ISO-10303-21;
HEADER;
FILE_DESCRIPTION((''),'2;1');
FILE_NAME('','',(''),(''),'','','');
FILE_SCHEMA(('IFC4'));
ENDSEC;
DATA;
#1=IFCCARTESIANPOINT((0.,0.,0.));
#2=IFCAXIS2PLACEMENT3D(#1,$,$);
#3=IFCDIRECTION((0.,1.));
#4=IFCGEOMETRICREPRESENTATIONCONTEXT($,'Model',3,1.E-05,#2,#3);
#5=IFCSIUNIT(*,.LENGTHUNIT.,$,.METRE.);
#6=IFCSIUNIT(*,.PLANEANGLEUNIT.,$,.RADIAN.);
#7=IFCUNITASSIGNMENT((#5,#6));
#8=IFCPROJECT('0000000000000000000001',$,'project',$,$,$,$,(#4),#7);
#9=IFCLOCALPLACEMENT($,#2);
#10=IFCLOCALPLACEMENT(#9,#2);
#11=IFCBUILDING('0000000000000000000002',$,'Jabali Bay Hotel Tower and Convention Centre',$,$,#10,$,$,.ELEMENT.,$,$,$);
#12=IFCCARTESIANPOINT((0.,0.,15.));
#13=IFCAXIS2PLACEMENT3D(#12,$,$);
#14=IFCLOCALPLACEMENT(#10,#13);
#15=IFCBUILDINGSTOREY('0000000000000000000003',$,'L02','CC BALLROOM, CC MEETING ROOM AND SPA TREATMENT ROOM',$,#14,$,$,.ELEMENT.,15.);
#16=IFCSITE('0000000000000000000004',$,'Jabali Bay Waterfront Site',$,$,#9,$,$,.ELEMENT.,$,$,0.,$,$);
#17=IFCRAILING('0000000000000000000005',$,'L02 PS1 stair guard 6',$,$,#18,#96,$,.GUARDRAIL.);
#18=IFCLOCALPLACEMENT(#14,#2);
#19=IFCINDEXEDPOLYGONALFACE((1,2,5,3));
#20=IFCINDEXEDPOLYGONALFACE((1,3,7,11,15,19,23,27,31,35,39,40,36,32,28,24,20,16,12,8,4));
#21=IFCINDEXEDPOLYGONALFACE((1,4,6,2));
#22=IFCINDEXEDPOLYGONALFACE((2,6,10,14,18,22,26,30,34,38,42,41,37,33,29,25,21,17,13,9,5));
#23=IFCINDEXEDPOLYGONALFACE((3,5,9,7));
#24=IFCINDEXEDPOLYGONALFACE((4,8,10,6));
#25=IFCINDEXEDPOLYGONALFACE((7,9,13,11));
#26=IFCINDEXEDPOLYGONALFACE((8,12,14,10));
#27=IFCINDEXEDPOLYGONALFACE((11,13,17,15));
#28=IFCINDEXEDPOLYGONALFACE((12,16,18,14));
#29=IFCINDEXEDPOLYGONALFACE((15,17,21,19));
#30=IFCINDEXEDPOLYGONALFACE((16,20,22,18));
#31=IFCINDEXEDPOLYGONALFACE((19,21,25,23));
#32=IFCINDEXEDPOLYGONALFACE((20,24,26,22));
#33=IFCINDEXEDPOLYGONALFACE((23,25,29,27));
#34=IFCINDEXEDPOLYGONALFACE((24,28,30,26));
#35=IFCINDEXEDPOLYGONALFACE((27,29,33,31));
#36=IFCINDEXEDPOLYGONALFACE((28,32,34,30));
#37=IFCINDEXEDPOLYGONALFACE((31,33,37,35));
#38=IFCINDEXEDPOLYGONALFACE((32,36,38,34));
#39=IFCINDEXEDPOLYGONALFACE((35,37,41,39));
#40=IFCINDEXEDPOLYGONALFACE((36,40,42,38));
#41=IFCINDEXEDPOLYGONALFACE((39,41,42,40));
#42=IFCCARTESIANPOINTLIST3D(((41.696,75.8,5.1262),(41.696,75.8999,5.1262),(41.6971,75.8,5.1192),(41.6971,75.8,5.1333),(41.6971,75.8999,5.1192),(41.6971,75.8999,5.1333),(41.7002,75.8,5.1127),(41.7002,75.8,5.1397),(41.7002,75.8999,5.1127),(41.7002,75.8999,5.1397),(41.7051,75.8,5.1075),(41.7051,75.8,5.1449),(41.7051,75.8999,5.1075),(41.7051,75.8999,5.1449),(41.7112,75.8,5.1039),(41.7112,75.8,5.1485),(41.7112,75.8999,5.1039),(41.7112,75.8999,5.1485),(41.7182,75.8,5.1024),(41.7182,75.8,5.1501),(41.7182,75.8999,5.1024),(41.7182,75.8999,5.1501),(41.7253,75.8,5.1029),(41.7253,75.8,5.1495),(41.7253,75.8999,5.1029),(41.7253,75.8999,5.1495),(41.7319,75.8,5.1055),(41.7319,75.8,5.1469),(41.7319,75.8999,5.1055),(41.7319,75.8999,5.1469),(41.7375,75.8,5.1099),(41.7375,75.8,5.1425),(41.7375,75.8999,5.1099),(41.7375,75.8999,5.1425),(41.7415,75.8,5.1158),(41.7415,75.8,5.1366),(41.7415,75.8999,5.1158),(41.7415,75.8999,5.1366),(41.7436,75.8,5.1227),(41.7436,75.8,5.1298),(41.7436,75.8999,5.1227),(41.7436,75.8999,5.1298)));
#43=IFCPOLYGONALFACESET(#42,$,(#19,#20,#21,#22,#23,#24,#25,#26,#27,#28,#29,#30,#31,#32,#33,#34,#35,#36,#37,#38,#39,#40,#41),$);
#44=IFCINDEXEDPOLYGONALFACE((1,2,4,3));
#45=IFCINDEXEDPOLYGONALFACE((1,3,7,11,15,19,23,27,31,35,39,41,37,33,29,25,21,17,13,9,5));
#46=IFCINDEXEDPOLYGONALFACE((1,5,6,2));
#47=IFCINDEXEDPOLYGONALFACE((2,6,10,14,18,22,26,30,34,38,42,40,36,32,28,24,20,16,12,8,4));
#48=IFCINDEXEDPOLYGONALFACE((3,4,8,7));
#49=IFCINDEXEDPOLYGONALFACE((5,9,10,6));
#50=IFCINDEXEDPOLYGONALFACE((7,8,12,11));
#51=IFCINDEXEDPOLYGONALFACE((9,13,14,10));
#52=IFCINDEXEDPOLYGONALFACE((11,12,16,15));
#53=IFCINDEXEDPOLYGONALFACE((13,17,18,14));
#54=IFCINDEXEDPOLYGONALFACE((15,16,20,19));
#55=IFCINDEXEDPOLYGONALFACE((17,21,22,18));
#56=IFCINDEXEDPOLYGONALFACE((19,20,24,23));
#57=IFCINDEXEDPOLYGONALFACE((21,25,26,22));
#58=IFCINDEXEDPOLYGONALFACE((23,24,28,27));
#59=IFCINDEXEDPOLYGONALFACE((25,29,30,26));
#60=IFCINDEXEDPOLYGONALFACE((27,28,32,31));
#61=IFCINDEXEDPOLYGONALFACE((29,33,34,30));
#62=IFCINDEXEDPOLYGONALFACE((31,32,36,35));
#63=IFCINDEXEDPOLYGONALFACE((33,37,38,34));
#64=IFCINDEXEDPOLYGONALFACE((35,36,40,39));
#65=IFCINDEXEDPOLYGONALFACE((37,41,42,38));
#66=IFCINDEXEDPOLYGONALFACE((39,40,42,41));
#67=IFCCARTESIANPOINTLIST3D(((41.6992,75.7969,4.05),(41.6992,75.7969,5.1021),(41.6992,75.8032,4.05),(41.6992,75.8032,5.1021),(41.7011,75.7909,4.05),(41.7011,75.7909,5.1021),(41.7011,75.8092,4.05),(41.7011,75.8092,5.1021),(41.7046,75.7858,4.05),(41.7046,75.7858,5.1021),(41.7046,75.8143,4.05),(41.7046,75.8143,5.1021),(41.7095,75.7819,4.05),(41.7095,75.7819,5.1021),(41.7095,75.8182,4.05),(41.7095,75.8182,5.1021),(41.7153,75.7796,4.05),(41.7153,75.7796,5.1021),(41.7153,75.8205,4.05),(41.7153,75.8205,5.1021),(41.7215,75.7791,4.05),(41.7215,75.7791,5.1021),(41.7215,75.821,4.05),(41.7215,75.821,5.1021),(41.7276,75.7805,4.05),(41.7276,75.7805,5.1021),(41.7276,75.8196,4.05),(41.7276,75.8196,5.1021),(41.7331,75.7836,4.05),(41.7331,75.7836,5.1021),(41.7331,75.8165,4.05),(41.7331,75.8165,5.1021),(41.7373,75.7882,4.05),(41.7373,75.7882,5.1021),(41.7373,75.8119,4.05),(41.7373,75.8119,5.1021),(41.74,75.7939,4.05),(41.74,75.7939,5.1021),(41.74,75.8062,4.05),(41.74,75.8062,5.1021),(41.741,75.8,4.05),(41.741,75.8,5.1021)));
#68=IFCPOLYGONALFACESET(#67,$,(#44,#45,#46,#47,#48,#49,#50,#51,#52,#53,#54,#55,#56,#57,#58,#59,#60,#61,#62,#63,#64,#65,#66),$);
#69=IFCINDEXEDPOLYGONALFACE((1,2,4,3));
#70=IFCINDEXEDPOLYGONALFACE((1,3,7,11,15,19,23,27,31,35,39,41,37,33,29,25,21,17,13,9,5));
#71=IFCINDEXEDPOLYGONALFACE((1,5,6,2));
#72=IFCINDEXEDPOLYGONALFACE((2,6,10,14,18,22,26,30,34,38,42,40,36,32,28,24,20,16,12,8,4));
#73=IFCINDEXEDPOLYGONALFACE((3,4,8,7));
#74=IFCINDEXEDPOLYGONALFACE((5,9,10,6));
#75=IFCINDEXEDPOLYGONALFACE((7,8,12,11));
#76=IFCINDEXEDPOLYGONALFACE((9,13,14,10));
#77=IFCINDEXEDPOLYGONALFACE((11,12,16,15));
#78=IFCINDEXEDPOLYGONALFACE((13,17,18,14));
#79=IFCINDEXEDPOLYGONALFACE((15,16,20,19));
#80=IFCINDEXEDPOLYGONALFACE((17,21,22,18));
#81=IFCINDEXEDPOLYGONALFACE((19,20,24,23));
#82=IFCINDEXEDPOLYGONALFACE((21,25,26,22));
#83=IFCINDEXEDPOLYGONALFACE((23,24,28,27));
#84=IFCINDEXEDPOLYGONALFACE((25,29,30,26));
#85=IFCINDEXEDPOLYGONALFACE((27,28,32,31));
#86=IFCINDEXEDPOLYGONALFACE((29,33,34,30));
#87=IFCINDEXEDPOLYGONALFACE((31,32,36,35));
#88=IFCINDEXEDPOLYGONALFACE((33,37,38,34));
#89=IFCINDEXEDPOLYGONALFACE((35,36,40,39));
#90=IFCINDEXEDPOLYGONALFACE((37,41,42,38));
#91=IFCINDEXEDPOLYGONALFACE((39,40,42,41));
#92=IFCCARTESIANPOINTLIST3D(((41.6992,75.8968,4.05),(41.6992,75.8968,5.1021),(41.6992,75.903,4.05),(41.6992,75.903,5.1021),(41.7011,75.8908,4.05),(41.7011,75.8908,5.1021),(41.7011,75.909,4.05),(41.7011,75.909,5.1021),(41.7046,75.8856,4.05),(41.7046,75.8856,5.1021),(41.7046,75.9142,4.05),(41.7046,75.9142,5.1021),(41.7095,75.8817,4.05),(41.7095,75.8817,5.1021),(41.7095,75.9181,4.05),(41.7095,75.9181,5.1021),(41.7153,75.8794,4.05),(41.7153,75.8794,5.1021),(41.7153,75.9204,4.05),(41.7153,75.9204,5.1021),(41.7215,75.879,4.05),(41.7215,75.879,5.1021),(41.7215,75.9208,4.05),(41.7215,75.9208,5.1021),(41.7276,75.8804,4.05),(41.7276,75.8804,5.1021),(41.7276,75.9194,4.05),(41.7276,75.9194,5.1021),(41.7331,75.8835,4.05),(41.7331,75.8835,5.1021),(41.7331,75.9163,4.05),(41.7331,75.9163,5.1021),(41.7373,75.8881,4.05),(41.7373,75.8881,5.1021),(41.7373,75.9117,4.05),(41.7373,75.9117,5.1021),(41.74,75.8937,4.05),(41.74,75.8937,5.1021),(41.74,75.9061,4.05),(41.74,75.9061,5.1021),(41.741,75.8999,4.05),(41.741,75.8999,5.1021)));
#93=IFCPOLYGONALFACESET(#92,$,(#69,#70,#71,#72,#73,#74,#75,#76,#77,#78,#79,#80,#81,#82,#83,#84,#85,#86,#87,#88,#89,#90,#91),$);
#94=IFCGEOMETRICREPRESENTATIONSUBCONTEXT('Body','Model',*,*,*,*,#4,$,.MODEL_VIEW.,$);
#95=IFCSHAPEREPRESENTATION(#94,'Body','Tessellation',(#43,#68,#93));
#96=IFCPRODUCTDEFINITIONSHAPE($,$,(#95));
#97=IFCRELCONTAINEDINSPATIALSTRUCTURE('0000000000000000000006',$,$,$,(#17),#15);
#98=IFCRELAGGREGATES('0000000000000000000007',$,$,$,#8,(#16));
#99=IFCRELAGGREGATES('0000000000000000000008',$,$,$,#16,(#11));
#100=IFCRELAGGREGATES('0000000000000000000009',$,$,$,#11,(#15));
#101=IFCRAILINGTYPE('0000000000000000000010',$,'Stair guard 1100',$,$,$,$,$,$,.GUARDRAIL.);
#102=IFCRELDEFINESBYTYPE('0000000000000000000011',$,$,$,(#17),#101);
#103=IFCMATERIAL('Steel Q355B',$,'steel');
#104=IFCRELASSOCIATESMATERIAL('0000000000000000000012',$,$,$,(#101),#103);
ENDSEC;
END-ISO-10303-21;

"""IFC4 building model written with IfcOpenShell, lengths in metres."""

from ifc_helpers import new_model, si_unit, direction, frame, origin, origin_2d, place, context, subcontext, project, spatial, circle, extrude, material, type_object, element, save


model = new_model("IFC4")

# Units and contexts
model_context = context("Model", 3, precision=1e-05, world=origin(), true_north=direction((0.0, 1.0)))
body_context = subcontext(model_context, "Body", "Model", "MODEL_VIEW")
ifc_project = project(units=[si_unit("LENGTHUNIT", "METRE"), si_unit("PLANEANGLEUNIT", "RADIAN")], contexts=[model_context])

# Site, building, storey
site_placement = place(None, origin())
site = spatial("IfcSite", under=ifc_project, at=site_placement, Name="Jabali Bay Waterfront Site", CompositionType="ELEMENT", RefElevation=0.0)
building_placement = place(site_placement, origin())
building = spatial("IfcBuilding", under=site, at=building_placement, Name="Jabali Bay Hotel Tower and Convention Centre", CompositionType="ELEMENT")
storey_placement = place(building_placement, frame((0.0, 0.0, 15.0)))
storey = spatial("IfcBuildingStorey", under=building, at=storey_placement, Name="L02", Description="CC BALLROOM, CC MEETING ROOM AND SPA TREATMENT ROOM", CompositionType="ELEMENT", Elevation=15.0)

# Railing
ifc_material_1 = material(Name="Steel Q355B", Category="steel")
railing_type_1 = type_object("IfcRailingType", Name="Stair guard 1100", PredefinedType="GUARDRAIL", material=ifc_material_1)
railing_1_placement = place(storey_placement, frame((41.72, 75.8, 4.05)))
element("IfcRailing", 1, at=railing_1_placement, inside=storey, type_object=railing_type_1, Name="L02 PS1 stair guard 6", PredefinedType="GUARDRAIL", context=body_context, shape_type="SweptSolid", body=[
    extrude(circle(Radius=0.0239, at=origin_2d()), frame((0.0, 0.0, 1.0762), z_axis=(0.0, 1.0, 0.0), x_axis=(-1.0, 0.0, 0.0)), (0.0, 0.0, 1.0), 0.0999),
    extrude(circle(Radius=0.021, at=origin_2d()), origin(), (0.0, 0.0, 1.0), 1.052),
    extrude(circle(Radius=0.021, at=origin_2d()), frame((0.0, 0.0999, 0.0)), (0.0, 0.0, 1.0), 1.052),
])

save(model, "model.ifc")
